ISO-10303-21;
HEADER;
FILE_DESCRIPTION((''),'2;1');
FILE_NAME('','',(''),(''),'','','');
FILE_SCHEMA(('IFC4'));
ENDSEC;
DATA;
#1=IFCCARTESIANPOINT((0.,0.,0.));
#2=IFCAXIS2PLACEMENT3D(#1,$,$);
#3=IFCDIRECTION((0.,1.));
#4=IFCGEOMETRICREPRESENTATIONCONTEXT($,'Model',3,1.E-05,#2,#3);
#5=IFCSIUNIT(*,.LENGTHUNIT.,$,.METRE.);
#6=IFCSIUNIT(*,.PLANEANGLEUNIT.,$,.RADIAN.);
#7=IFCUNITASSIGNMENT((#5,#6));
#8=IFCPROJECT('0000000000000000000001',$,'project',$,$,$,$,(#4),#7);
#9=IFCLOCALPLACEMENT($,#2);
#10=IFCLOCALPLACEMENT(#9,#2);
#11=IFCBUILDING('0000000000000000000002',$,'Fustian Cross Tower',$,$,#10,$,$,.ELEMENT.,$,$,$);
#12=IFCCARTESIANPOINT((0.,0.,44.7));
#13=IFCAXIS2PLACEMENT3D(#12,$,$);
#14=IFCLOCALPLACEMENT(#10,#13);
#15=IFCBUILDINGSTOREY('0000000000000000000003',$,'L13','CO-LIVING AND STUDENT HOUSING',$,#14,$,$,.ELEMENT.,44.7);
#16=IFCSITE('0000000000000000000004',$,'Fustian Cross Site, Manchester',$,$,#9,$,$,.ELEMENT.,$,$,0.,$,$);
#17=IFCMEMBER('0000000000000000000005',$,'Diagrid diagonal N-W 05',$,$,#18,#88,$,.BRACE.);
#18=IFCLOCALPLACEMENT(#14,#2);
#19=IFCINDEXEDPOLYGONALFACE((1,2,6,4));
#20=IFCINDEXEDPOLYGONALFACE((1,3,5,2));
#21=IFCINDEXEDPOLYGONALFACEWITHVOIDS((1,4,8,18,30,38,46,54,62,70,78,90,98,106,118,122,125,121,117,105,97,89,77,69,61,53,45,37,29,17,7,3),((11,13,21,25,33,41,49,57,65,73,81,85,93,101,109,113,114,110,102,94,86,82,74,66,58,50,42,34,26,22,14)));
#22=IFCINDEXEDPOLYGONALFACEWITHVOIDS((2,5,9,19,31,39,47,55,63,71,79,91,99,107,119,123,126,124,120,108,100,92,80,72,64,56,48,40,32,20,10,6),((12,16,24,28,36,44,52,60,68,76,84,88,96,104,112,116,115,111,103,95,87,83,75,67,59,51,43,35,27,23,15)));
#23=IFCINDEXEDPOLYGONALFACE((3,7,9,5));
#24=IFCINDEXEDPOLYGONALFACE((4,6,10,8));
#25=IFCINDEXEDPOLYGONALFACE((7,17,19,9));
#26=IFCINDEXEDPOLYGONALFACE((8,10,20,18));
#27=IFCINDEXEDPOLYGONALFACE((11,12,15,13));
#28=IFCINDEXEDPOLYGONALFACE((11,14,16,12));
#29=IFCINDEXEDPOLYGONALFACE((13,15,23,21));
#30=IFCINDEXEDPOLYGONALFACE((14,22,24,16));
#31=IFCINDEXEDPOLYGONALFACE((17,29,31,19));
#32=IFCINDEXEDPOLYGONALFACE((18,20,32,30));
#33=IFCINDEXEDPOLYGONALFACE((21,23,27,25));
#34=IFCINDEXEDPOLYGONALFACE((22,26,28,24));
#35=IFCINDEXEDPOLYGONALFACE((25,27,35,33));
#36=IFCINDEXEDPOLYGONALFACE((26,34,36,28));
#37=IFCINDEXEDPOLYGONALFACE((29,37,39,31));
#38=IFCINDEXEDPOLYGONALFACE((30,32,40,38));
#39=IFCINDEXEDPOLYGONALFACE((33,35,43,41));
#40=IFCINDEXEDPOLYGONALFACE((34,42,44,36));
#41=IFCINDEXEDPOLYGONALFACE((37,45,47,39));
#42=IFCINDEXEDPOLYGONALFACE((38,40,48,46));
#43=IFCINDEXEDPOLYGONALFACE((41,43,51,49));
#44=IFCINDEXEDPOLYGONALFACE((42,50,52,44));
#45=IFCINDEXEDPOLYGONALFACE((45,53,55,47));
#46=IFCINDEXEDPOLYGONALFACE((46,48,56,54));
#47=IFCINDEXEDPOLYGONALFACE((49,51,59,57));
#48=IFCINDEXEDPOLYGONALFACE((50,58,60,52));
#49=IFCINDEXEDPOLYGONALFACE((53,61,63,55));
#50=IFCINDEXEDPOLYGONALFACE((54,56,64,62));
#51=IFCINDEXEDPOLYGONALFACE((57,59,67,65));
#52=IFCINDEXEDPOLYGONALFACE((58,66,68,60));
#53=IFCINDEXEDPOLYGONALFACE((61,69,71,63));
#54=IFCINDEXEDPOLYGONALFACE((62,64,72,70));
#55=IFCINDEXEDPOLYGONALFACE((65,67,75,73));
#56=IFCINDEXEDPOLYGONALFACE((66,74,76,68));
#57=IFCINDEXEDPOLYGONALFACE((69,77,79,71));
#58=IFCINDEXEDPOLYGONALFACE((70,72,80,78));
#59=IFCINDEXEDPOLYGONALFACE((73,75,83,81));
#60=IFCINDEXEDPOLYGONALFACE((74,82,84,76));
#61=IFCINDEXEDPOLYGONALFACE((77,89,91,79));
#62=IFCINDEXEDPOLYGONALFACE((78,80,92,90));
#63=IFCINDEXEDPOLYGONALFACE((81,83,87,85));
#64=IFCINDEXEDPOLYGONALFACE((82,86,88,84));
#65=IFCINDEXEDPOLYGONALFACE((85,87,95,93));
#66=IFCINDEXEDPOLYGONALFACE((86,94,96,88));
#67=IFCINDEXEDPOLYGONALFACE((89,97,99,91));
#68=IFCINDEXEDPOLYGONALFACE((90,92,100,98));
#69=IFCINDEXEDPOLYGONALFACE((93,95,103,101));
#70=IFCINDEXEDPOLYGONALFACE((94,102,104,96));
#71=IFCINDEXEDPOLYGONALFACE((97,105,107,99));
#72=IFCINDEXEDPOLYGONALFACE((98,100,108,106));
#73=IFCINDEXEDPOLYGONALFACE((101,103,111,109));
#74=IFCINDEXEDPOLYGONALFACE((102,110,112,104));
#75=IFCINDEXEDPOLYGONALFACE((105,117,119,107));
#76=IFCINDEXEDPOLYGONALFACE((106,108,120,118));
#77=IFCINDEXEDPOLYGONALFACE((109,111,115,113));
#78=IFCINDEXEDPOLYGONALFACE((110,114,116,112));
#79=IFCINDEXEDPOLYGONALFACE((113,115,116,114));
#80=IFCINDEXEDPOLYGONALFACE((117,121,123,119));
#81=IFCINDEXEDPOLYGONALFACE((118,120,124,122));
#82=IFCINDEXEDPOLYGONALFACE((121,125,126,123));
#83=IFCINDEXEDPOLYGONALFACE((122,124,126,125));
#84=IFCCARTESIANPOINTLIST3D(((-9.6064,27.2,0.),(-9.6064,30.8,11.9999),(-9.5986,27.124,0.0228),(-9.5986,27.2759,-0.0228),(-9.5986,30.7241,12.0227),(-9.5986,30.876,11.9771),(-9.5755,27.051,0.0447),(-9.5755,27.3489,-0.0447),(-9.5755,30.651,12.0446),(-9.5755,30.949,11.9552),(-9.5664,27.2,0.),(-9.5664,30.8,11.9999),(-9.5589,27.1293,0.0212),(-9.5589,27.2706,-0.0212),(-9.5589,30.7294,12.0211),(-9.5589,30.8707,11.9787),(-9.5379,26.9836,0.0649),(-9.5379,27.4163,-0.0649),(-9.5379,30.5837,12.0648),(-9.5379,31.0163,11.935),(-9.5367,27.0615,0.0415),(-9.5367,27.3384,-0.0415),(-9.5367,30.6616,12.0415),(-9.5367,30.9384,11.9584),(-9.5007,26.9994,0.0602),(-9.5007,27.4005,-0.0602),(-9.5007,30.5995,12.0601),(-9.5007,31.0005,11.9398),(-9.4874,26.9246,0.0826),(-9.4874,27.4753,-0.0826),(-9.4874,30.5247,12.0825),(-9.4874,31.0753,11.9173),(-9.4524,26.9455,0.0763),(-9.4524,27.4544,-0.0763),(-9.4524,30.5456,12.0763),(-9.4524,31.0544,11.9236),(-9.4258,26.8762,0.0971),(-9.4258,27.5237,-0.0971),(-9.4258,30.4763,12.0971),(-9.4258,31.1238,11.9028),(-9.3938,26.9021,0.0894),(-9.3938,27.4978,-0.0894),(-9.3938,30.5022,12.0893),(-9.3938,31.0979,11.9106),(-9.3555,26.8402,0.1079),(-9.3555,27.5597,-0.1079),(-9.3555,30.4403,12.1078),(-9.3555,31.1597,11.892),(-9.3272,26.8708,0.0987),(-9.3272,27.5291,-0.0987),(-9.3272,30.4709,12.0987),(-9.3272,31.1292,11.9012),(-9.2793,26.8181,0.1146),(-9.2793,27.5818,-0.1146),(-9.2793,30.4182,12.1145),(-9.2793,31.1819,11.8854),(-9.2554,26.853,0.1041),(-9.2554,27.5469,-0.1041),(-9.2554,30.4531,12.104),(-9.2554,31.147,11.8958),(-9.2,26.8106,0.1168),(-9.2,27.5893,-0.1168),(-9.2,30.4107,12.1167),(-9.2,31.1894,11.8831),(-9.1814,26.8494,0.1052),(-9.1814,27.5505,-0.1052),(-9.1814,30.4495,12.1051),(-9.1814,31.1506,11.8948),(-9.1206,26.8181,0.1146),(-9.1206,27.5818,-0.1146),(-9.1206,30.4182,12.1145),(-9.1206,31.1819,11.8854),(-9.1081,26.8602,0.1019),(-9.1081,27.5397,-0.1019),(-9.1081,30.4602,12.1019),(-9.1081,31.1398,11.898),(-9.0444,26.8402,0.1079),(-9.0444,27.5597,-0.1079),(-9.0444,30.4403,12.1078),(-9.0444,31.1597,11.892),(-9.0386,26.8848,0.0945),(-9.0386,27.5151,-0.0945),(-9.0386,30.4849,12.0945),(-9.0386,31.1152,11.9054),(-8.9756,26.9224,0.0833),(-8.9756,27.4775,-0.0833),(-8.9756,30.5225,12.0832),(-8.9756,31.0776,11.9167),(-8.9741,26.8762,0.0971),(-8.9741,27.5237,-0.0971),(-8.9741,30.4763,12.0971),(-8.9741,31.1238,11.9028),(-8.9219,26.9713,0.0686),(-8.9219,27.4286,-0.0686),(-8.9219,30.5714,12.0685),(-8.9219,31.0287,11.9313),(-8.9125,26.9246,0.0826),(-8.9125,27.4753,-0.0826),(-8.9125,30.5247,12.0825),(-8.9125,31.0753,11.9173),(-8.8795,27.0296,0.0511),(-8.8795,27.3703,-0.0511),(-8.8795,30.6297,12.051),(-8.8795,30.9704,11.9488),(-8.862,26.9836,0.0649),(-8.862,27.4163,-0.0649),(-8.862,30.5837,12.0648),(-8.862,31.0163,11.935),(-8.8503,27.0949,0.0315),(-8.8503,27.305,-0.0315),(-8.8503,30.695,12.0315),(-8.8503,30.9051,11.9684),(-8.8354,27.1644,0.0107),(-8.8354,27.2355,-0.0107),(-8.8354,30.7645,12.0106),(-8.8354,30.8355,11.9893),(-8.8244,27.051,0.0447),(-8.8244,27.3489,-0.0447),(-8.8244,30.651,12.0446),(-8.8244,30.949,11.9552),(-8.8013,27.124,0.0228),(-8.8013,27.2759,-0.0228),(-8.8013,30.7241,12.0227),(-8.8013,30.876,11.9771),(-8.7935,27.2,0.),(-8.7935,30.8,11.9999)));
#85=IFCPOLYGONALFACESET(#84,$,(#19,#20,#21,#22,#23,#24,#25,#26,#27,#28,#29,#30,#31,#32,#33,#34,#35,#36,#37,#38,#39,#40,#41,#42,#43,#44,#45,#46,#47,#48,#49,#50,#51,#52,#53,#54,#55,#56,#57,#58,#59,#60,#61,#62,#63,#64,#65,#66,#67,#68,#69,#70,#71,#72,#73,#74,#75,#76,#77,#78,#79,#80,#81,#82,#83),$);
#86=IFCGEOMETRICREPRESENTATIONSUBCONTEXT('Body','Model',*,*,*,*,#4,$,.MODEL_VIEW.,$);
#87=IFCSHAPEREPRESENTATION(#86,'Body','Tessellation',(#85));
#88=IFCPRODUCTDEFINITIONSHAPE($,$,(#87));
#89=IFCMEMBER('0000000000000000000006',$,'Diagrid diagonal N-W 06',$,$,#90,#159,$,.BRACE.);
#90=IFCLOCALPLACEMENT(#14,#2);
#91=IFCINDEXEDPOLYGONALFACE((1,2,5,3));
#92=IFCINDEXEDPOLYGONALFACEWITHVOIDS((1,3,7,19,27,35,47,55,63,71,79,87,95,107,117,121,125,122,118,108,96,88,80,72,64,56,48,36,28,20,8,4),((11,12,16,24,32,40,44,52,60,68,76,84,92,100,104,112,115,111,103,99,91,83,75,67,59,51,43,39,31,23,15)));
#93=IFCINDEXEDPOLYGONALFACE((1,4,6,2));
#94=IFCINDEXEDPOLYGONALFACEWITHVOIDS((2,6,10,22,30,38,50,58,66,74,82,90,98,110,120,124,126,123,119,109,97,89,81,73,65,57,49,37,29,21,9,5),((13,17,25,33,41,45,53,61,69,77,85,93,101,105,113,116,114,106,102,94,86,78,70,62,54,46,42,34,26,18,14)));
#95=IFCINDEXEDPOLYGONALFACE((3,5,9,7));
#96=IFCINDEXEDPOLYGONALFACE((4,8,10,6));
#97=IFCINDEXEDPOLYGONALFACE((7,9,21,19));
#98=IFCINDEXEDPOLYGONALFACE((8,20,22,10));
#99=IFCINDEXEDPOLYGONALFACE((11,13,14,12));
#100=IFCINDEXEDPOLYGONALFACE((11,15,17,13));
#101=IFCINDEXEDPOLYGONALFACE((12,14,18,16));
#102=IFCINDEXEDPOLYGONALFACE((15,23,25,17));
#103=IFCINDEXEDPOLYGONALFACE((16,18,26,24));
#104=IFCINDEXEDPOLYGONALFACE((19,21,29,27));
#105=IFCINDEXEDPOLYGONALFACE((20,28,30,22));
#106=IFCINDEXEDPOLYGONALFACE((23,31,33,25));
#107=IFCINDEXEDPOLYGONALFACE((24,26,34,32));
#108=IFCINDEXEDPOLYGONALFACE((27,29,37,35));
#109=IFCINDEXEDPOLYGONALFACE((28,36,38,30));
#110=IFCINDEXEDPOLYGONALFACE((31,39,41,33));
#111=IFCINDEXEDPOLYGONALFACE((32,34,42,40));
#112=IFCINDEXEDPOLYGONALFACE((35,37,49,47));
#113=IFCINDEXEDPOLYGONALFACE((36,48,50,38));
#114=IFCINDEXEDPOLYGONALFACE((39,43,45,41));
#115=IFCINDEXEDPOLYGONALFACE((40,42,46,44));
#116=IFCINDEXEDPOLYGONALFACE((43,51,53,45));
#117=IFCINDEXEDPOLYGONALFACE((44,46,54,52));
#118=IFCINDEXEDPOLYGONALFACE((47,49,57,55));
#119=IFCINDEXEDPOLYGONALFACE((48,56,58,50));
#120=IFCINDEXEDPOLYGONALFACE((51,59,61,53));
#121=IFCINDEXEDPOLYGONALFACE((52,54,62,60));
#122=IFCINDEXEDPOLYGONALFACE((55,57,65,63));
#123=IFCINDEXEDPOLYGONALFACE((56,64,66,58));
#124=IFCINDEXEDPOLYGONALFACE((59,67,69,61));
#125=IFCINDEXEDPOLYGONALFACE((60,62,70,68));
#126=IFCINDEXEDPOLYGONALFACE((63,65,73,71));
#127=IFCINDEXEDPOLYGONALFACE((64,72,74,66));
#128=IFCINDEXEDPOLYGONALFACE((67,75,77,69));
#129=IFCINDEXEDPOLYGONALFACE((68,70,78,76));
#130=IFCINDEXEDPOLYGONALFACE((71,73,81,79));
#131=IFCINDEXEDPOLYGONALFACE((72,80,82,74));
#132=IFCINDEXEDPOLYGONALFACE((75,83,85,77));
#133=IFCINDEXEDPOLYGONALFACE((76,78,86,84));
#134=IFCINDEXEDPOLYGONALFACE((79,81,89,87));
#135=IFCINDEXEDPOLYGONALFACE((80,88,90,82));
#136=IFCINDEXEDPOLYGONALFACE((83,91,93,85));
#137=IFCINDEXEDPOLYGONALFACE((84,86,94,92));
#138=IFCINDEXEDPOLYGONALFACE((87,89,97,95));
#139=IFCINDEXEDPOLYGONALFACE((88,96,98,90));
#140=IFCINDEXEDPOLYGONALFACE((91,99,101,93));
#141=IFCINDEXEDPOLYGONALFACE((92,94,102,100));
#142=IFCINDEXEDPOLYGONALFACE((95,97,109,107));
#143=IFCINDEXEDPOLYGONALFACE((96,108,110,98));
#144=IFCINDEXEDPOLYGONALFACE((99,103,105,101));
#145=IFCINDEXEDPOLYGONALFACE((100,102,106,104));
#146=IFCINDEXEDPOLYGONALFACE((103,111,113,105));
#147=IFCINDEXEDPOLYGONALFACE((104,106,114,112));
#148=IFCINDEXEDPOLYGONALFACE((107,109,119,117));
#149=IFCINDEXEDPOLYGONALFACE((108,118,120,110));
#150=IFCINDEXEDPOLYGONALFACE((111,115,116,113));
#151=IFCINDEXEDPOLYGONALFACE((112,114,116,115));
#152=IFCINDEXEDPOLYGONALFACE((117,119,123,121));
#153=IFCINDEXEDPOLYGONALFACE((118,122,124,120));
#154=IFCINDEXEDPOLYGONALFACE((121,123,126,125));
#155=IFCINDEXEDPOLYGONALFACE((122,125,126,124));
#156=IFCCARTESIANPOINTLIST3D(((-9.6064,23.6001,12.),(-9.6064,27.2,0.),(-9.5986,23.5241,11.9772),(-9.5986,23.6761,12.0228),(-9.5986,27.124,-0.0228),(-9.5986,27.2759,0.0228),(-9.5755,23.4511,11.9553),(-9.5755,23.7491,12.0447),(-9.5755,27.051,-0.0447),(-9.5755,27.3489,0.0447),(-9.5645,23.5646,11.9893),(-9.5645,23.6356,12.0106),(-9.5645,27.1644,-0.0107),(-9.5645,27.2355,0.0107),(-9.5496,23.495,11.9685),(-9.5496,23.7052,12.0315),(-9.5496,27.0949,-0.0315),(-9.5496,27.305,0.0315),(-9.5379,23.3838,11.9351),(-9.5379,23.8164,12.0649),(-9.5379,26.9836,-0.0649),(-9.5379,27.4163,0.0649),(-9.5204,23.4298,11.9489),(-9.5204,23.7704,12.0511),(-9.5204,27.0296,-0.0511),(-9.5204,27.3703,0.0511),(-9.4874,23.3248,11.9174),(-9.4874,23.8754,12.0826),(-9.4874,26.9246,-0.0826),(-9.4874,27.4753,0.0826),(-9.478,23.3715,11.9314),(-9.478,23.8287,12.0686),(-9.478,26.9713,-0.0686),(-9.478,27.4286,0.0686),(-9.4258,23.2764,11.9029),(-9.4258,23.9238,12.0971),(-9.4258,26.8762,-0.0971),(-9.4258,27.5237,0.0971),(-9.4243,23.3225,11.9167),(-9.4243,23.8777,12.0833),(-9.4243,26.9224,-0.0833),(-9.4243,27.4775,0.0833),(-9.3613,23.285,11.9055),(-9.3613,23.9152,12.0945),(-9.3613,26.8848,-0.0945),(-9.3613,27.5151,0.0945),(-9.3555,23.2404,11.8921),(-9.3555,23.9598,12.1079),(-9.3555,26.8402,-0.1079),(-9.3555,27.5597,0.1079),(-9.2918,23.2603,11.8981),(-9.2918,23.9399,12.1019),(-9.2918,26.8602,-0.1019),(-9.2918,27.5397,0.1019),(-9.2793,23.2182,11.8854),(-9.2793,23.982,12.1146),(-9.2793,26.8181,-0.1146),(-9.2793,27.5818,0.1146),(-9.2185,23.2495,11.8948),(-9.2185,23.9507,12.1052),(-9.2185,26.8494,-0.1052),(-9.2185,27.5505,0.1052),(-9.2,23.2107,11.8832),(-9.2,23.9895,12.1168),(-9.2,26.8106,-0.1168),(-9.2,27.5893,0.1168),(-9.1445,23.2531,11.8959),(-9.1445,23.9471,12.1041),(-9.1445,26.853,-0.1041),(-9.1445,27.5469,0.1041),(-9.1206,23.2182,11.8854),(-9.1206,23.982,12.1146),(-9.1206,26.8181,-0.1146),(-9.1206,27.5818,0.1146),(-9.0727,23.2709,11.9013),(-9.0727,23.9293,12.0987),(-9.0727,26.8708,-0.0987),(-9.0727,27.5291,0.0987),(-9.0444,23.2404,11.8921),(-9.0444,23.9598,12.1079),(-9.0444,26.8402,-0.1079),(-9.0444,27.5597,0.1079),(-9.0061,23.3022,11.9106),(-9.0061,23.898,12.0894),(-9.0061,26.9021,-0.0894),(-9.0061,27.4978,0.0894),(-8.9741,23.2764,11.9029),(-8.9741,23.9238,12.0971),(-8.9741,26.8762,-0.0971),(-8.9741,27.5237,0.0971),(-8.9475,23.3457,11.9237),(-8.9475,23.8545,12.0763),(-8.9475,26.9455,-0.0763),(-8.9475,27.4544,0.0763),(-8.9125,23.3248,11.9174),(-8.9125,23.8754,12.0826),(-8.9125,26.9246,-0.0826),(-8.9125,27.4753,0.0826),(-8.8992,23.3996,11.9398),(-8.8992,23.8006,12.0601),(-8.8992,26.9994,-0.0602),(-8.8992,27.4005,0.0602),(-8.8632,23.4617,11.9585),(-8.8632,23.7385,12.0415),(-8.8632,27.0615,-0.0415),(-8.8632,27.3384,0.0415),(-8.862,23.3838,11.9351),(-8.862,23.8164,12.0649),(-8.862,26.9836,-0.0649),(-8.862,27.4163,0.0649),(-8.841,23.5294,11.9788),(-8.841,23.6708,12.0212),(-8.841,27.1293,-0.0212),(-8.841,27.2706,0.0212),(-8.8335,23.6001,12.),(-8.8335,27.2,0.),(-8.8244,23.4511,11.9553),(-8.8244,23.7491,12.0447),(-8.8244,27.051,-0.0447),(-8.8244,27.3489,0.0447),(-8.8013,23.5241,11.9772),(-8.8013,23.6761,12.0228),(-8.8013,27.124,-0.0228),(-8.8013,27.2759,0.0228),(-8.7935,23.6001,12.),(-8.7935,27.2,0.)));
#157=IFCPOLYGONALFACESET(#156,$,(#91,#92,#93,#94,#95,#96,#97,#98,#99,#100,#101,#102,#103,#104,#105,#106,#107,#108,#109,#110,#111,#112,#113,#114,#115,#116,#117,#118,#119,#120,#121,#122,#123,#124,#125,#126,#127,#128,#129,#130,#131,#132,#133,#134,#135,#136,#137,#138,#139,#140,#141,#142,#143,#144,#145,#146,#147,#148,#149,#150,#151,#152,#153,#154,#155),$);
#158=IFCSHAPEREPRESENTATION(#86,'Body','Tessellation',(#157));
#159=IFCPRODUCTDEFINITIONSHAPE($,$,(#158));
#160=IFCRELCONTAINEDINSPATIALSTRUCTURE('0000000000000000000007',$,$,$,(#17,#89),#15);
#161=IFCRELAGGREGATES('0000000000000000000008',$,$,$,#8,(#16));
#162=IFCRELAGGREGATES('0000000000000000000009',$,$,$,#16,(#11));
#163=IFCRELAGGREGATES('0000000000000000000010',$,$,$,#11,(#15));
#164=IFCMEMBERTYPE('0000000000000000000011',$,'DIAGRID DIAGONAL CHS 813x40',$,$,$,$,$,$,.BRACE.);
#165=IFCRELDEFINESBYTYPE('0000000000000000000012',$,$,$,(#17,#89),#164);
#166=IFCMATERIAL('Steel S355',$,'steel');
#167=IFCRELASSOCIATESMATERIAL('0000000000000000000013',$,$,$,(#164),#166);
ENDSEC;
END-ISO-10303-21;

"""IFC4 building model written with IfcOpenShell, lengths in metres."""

from ifc_helpers import new_model, si_unit, direction, frame, origin, origin_2d, place, context, subcontext, project, spatial, hollow_circle, extrude, material, material_profile, profile_set, type_object, element, save


model = new_model("IFC4")

# Units and contexts
model_context = context("Model", 3, precision=1e-05, world=origin(), true_north=direction((0.0, 1.0)))
body_context = subcontext(model_context, "Body", "Model", "MODEL_VIEW")
ifc_project = project(units=[si_unit("LENGTHUNIT", "METRE"), si_unit("PLANEANGLEUNIT", "RADIAN")], contexts=[model_context])

# Site, building, storey
site_placement = place(None, origin())
site = spatial("IfcSite", under=ifc_project, at=site_placement, Name="Fustian Cross Site, Manchester", CompositionType="ELEMENT", RefElevation=0.0)
building_placement = place(site_placement, origin())
building = spatial("IfcBuilding", under=site, at=building_placement, Name="Fustian Cross Tower", CompositionType="ELEMENT")
storey_placement = place(building_placement, frame((0.0, 0.0, 44.7)))
storey = spatial("IfcBuildingStorey", under=building, at=storey_placement, Name="L13", Description="CO-LIVING AND STUDENT HOUSING", CompositionType="ELEMENT", Elevation=44.7)

# Members
ifc_material_1 = material(Name="Steel S355", Category="steel")
ifc_material_profile_1 = material_profile(ifc_material_1, hollow_circle(Radius=0.4065, WallThickness=0.04, at=origin_2d()), Name="CHS 813x40")
ifc_profile_set_1 = profile_set([ifc_material_profile_1], Name="Steel S355")
member_type_1 = type_object("IfcMemberType", Name="DIAGRID DIAGONAL CHS 813x40", PredefinedType="BRACE", material=ifc_profile_set_1)
for number, where, z_axis, x_axis, name in (
    (1, (-9.2, 27.2, 0.0), (0.0, 0.287355, 0.957824), (-1.0, 0.0, 0.0), "Diagrid diagonal N-W 05"),
    (2, (-9.2, 27.2, 0.0), (0.0, -0.287337, 0.95783), (1.0, 0.0, 0.0), "Diagrid diagonal N-W 06"),
):
    element("IfcMember", number, at=place(storey_placement, frame(where, z_axis=z_axis, x_axis=x_axis)), inside=storey, type_object=member_type_1, Name=name, PredefinedType="BRACE", context=body_context, shape_type="SweptSolid", body=[
        extrude(hollow_circle(Radius=0.4065, WallThickness=0.04, at=origin_2d()), origin(), (0.0, 0.0, 1.0), 12.5283),
    ])

save(model, "model.ifc")
